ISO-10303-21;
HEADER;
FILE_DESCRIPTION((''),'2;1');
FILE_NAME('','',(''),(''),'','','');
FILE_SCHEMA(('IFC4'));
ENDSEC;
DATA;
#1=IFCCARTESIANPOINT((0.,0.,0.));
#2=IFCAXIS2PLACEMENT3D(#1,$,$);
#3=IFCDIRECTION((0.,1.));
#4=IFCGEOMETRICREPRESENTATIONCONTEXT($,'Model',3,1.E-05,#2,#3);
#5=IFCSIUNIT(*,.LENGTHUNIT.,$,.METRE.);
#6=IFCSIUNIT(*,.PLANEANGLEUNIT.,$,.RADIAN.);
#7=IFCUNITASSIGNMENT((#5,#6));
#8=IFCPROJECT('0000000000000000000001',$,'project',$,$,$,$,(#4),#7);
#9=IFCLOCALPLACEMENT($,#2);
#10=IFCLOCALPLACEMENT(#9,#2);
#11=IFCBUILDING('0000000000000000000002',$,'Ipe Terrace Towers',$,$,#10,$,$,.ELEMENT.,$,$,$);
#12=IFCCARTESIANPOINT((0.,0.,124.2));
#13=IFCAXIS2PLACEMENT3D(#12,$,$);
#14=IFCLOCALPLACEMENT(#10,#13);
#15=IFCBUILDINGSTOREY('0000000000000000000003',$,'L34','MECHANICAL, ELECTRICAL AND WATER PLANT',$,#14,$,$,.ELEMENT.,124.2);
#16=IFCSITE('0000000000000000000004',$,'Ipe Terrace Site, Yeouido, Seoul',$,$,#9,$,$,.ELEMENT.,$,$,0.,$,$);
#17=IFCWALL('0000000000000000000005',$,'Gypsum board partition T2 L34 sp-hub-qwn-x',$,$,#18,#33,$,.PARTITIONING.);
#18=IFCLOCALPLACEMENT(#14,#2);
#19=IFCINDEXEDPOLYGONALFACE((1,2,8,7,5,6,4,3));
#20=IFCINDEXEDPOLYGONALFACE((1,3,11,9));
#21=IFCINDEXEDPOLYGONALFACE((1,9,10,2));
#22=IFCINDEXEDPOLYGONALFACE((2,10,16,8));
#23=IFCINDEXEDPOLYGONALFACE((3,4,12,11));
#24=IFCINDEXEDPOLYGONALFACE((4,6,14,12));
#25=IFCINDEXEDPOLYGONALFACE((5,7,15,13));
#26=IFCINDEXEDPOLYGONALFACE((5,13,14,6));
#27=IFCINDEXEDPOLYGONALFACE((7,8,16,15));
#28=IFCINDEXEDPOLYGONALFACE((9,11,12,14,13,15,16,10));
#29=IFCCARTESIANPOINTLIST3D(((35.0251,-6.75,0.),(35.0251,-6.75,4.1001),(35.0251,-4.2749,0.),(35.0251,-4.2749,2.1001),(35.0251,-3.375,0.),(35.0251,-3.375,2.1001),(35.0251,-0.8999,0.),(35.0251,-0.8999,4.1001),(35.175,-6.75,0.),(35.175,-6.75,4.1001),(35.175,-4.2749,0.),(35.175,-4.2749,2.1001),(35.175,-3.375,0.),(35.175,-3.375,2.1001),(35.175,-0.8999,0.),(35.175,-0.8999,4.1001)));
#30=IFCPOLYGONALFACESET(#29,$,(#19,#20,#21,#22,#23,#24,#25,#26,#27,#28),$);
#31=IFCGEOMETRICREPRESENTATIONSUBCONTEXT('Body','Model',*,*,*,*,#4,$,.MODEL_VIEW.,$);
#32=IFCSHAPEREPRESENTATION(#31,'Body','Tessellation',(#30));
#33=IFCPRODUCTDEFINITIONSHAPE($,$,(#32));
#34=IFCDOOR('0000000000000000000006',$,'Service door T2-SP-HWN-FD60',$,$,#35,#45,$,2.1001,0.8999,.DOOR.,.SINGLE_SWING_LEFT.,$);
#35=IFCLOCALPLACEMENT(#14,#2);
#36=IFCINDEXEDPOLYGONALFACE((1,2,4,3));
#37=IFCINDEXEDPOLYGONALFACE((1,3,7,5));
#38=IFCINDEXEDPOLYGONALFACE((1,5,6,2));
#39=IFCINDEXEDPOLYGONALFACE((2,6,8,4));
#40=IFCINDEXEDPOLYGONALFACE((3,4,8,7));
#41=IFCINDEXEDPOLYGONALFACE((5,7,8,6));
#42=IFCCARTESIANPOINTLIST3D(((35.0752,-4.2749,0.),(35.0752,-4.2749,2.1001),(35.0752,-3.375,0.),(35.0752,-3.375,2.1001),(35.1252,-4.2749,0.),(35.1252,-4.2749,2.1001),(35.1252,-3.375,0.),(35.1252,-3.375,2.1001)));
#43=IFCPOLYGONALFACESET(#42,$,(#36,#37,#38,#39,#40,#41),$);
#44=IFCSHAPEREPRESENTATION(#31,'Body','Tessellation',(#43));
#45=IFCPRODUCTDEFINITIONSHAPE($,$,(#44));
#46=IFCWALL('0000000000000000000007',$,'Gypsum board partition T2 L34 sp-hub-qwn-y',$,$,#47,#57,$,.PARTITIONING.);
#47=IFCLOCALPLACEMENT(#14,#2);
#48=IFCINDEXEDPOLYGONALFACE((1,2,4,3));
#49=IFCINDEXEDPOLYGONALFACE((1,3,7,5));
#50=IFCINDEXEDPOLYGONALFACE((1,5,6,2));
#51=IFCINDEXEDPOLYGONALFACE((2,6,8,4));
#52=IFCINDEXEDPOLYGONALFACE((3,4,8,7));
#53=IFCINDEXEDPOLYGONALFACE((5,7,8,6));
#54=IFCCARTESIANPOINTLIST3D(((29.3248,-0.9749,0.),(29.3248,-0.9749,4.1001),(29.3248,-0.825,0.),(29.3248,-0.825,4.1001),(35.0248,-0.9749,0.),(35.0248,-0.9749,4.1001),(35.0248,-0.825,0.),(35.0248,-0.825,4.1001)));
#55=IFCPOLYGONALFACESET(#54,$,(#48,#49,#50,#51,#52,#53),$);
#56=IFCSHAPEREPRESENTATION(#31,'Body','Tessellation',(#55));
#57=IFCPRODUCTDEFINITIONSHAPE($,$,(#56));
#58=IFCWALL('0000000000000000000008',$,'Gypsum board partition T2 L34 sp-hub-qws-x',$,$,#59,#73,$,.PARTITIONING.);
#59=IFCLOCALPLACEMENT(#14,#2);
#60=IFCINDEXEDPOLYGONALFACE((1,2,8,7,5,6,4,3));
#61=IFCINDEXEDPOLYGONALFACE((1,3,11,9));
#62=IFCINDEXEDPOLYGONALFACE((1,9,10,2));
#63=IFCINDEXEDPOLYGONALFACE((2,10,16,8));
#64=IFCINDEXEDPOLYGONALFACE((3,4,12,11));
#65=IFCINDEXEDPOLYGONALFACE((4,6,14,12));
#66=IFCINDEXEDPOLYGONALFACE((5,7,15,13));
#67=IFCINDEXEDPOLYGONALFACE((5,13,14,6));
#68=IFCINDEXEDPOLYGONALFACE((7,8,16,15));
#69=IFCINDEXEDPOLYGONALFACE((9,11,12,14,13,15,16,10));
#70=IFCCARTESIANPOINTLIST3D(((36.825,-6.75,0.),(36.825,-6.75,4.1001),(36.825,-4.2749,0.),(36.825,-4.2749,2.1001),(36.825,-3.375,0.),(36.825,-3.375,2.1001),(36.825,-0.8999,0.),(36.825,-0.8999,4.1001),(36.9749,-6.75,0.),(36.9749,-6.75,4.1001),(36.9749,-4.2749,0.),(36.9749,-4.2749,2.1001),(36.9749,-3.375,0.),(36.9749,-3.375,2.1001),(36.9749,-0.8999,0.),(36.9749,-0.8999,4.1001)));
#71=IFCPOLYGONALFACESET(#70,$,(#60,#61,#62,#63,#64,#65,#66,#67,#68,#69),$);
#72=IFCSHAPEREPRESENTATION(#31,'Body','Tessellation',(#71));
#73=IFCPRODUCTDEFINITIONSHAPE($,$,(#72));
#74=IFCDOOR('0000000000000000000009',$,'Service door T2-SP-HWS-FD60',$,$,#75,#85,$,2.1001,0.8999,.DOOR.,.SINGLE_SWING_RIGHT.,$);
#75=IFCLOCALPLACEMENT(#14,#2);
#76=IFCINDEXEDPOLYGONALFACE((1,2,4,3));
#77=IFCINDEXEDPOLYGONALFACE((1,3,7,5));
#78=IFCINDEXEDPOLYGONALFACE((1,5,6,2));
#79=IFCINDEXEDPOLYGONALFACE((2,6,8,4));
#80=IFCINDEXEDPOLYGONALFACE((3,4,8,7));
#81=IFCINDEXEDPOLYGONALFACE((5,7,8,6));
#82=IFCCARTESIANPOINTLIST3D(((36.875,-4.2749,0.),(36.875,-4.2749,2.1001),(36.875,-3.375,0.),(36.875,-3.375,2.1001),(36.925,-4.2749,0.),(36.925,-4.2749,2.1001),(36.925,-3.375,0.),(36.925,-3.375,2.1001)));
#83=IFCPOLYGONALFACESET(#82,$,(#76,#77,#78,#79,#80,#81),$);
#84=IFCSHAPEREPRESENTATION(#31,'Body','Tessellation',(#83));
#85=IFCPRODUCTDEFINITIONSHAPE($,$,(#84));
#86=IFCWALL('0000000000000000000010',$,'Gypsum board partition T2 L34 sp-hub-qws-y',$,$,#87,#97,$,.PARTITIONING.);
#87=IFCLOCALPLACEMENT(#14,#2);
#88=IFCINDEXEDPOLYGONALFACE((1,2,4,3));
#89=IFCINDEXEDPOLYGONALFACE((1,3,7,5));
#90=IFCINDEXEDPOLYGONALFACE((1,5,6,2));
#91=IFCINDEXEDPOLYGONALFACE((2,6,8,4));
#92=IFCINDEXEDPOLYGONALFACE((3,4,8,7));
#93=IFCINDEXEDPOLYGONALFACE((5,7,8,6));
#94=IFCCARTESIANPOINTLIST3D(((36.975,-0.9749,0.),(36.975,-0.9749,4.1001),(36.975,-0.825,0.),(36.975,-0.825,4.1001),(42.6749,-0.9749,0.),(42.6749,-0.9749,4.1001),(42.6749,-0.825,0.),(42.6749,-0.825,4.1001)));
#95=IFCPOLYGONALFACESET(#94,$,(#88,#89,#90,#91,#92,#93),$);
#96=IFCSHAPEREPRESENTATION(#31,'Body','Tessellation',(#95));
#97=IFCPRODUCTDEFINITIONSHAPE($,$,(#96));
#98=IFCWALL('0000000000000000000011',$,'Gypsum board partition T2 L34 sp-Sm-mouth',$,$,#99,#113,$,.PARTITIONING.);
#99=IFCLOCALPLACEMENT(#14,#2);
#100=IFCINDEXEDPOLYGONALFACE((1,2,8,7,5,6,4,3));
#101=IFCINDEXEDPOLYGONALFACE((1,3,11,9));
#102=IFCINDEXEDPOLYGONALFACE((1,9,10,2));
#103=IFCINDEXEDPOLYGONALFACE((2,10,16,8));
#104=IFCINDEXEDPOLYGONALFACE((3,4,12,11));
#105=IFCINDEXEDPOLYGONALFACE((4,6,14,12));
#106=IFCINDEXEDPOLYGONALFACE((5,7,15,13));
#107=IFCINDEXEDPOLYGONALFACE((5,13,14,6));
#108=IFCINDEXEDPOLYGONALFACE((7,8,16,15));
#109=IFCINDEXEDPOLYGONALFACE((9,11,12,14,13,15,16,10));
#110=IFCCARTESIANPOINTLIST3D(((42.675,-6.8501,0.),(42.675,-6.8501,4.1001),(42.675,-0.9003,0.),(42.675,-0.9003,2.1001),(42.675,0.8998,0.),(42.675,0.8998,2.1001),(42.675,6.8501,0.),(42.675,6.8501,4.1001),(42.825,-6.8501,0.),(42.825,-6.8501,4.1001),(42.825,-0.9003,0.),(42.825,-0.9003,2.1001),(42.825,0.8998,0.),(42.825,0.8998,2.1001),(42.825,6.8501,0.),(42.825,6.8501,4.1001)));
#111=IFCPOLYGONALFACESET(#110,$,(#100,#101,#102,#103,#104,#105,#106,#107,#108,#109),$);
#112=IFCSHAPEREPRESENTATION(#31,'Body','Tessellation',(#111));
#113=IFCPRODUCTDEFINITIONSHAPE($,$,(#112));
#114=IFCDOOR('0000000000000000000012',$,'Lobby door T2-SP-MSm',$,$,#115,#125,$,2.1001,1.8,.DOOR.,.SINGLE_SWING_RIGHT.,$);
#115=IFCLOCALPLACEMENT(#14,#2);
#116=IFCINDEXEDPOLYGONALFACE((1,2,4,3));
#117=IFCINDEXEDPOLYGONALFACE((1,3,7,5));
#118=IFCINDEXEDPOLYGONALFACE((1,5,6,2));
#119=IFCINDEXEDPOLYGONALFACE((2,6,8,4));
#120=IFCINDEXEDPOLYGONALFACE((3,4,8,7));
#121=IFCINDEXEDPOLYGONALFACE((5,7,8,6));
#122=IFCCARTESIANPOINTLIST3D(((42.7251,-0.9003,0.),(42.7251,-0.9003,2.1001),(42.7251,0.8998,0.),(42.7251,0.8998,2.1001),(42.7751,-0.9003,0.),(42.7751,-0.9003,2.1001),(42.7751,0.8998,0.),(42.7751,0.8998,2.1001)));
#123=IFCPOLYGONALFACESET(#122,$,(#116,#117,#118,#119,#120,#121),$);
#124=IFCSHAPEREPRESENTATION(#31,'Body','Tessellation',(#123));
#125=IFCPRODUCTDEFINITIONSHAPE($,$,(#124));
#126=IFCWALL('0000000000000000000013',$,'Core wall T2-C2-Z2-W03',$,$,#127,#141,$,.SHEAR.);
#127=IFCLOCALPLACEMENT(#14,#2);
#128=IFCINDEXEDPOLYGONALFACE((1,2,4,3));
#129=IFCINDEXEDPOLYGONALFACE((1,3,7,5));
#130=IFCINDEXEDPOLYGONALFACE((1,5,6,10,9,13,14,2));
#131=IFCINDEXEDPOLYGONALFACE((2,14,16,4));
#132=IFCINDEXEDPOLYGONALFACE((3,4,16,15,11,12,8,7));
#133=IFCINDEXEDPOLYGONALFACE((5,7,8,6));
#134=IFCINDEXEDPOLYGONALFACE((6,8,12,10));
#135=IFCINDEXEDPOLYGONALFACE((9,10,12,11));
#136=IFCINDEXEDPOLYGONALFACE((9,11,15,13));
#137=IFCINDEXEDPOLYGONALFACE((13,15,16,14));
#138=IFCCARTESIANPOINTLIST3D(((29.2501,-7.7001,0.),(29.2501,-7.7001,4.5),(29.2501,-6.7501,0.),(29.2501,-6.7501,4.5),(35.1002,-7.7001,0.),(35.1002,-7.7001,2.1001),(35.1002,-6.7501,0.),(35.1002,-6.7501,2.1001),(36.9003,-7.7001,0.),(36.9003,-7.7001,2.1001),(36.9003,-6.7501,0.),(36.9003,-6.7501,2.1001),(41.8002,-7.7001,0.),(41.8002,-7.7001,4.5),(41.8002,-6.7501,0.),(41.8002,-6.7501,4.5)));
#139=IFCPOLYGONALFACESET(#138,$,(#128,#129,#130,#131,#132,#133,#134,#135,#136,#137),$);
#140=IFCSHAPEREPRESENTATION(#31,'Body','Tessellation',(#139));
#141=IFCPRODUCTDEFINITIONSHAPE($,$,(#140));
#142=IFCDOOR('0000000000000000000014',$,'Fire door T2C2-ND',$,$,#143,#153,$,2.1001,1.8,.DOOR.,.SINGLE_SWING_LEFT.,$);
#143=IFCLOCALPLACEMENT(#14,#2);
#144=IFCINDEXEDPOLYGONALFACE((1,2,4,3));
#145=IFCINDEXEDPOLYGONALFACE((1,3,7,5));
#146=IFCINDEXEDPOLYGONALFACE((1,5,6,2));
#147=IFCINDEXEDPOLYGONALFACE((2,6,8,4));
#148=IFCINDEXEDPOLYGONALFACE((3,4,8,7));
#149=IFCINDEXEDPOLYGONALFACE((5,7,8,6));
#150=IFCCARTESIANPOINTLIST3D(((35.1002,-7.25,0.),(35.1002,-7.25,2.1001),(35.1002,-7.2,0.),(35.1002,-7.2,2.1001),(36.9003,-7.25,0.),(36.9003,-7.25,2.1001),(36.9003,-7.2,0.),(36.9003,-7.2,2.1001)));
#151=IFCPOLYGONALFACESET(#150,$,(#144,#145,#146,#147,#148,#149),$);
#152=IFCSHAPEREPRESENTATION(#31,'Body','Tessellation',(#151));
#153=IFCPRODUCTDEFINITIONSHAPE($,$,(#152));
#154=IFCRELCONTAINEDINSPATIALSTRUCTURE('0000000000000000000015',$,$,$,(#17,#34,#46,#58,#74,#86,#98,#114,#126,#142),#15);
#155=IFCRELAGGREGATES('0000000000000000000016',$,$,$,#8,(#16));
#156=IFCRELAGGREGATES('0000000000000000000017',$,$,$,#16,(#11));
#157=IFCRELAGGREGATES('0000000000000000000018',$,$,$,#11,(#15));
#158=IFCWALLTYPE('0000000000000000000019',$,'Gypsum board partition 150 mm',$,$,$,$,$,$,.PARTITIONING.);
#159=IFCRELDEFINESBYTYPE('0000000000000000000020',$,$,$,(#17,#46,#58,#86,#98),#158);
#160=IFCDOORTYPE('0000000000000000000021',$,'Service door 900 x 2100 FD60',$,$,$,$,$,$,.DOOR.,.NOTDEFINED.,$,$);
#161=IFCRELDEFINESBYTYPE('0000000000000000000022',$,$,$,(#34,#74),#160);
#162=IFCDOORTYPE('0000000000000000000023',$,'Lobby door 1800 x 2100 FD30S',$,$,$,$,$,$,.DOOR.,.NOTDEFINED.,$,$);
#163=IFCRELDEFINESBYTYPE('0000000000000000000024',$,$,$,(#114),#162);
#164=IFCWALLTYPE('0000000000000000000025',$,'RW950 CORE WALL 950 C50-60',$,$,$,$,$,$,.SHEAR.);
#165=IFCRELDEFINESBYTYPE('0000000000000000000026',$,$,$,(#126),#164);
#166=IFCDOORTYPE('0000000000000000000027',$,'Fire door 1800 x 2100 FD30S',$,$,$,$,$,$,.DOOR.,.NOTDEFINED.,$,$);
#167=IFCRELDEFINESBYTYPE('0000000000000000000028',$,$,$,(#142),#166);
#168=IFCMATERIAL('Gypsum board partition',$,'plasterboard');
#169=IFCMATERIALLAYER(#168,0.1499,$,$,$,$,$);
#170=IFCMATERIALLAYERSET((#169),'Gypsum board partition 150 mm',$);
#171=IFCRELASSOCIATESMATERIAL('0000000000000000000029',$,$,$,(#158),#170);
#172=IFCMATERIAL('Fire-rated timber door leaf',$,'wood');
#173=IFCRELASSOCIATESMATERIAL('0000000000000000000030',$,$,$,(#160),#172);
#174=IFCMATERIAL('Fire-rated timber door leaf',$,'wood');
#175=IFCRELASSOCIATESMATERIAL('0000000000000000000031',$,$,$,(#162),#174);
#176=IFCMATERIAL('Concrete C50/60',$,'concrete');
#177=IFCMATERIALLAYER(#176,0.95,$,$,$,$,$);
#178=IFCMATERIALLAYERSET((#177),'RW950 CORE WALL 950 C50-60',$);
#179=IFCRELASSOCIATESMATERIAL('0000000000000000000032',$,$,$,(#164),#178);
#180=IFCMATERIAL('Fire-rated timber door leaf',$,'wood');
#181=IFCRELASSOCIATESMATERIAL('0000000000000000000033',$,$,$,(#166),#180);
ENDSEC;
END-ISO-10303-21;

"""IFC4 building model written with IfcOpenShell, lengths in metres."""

from ifc_helpers import new_model, si_unit, direction, frame, frame_2d, origin, place, context, subcontext, project, spatial, rectangle, extrude, material, layer, layer_set, type_object, element, fill, save


model = new_model("IFC4")

# Units and contexts
model_context = context("Model", 3, precision=1e-05, world=origin(), true_north=direction((0.0, 1.0)))
body_context = subcontext(model_context, "Body", "Model", "MODEL_VIEW")
ifc_project = project(units=[si_unit("LENGTHUNIT", "METRE"), si_unit("PLANEANGLEUNIT", "RADIAN")], contexts=[model_context])

# Site, building, storey
site_placement = place(None, origin())
site = spatial("IfcSite", under=ifc_project, at=site_placement, Name="Ipe Terrace Site, Yeouido, Seoul", CompositionType="ELEMENT", RefElevation=0.0)
building_placement = place(site_placement, origin())
building = spatial("IfcBuilding", under=site, at=building_placement, Name="Ipe Terrace Towers", CompositionType="ELEMENT")
storey_placement = place(building_placement, frame((0.0, 0.0, 124.2)))
storey = spatial("IfcBuildingStorey", under=building, at=storey_placement, Name="L34", Description="MECHANICAL, ELECTRICAL AND WATER PLANT", CompositionType="ELEMENT", Elevation=124.2)

# Shared definitions
ifc_material_1 = material(Name="Gypsum board partition", Category="plasterboard")
ifc_layer_1 = layer(ifc_material_1, 0.1499)
ifc_layer_set_1 = layer_set([ifc_layer_1], Name="Gypsum board partition 150 mm")
wall_type_1 = type_object("IfcWallType", Name="Gypsum board partition 150 mm", PredefinedType="PARTITIONING", material=ifc_layer_set_1)
ifc_material_2 = material(Name="Fire-rated timber door leaf", Category="wood")
door_type_1 = type_object("IfcDoorType", Name="Service door 900 x 2100 FD60", OperationType="NOTDEFINED", PredefinedType="DOOR", material=ifc_material_2)

# Wall, opening, door
wall_1_placement = place(storey_placement, frame((35.1001, -6.75, 0.0), z_axis=(0.0, 0.0, 1.0), x_axis=(0.0, 1.0, 0.0)))
wall_1 = element("IfcWall", 1, at=wall_1_placement, inside=storey, type_object=wall_type_1, Name="Gypsum board partition T2 L34 sp-hub-qwn-x", PredefinedType="PARTITIONING", context=body_context, shape_type="SweptSolid", body=[
    extrude(rectangle(XDim=5.8501, YDim=0.1499, at=frame_2d((2.925, 0.0))), origin(), (0.0, 0.0, 1.0), 4.1001),
])
opening_1_placement = place(wall_1_placement, frame((2.4751, 0.0, 0.0)))
opening_1 = element("IfcOpeningElement", 2, at=opening_1_placement, cuts=wall_1, PredefinedType="OPENING", context=body_context, shape_type="SweptSolid", body=[
    extrude(rectangle(XDim=0.8999, YDim=2.1001, at=frame_2d((0.45, 1.05))), frame((0.0, 0.085, 0.0), z_axis=(0.0, -1.0, 0.0), x_axis=(1.0, 0.0, 0.0)), (0.0, 0.0, 1.0), 0.1699),
])
door_1_placement = place(opening_1_placement, origin())
door_1 = element("IfcDoor", 3, at=door_1_placement, inside=storey, type_object=door_type_1, Name="Service door T2-SP-HWN-FD60", OperationType="SINGLE_SWING_LEFT", OverallHeight=2.1001, OverallWidth=0.8999, PredefinedType="DOOR", context=body_context, shape_type="SweptSolid", body=[
    extrude(rectangle(XDim=0.8999, YDim=2.1001, at=frame_2d((0.45, 1.05))), frame((0.0, 0.0249, 0.0), z_axis=(0.0, -1.0, 0.0), x_axis=(1.0, 0.0, 0.0)), (0.0, 0.0, 1.0), 0.05),
])
fill(opening_1, door_1)

# Wall
wall_2_placement = place(storey_placement, frame((35.0249, -0.8999, 0.0), z_axis=(0.0, 0.0, 1.0), x_axis=(-1.0, 0.0, 0.0)))
element("IfcWall", 4, at=wall_2_placement, inside=storey, type_object=wall_type_1, Name="Gypsum board partition T2 L34 sp-hub-qwn-y", PredefinedType="PARTITIONING", context=body_context, shape_type="SweptSolid", body=[
    extrude(rectangle(XDim=5.7, YDim=0.1499, at=frame_2d((2.8501, 0.0))), origin(), (0.0, 0.0, 1.0), 4.1001),
])

# Wall, opening, door
wall_3_placement = place(storey_placement, frame((36.8999, -6.75, 0.0), z_axis=(0.0, 0.0, 1.0), x_axis=(0.0, 1.0, 0.0)))
wall_3 = element("IfcWall", 5, at=wall_3_placement, inside=storey, type_object=wall_type_1, Name="Gypsum board partition T2 L34 sp-hub-qws-x", PredefinedType="PARTITIONING", context=body_context, shape_type="SweptSolid", body=[
    extrude(rectangle(XDim=5.8501, YDim=0.1499, at=frame_2d((2.925, 0.0))), origin(), (0.0, 0.0, 1.0), 4.1001),
])
opening_2_placement = place(wall_3_placement, frame((2.4751, 0.0, 0.0)))
opening_2 = element("IfcOpeningElement", 6, at=opening_2_placement, cuts=wall_3, PredefinedType="OPENING", context=body_context, shape_type="SweptSolid", body=[
    extrude(rectangle(XDim=0.8999, YDim=2.1001, at=frame_2d((0.45, 1.05))), frame((0.0, 0.085, 0.0), z_axis=(0.0, -1.0, 0.0), x_axis=(1.0, 0.0, 0.0)), (0.0, 0.0, 1.0), 0.1699),
])
door_2_placement = place(opening_2_placement, origin())
door_2 = element("IfcDoor", 7, at=door_2_placement, inside=storey, type_object=door_type_1, Name="Service door T2-SP-HWS-FD60", OperationType="SINGLE_SWING_RIGHT", OverallHeight=2.1001, OverallWidth=0.8999, PredefinedType="DOOR", context=body_context, shape_type="SweptSolid", body=[
    extrude(rectangle(XDim=0.8999, YDim=2.1001, at=frame_2d((0.45, 1.05))), frame((0.0, 0.0249, 0.0), z_axis=(0.0, -1.0, 0.0), x_axis=(1.0, 0.0, 0.0)), (0.0, 0.0, 1.0), 0.05),
])
fill(opening_2, door_2)

# Wall
wall_4_placement = place(storey_placement, frame((42.675, -0.8999, 0.0), z_axis=(0.0, 0.0, 1.0), x_axis=(-1.0, 0.0, 0.0)))
element("IfcWall", 8, at=wall_4_placement, inside=storey, type_object=wall_type_1, Name="Gypsum board partition T2 L34 sp-hub-qws-y", PredefinedType="PARTITIONING", context=body_context, shape_type="SweptSolid", body=[
    extrude(rectangle(XDim=5.7, YDim=0.1499, at=frame_2d((2.8501, 0.0))), origin(), (0.0, 0.0, 1.0), 4.1001),
])

# Walls, openings, doors
wall_5_placement = place(storey_placement, frame((42.75, -6.8501, 0.0), z_axis=(0.0, 0.0, 1.0), x_axis=(0.0, 1.0, 0.0)))
wall_5 = element("IfcWall", 9, at=wall_5_placement, inside=storey, type_object=wall_type_1, Name="Gypsum board partition T2 L34 sp-Sm-mouth", PredefinedType="PARTITIONING", context=body_context, shape_type="SweptSolid", body=[
    extrude(rectangle(XDim=13.7002, YDim=0.1499, at=frame_2d((6.8501, 0.0))), origin(), (0.0, 0.0, 1.0), 4.1001),
])
opening_3_placement = place(wall_5_placement, frame((5.95, 0.0, 0.0)))
opening_3 = element("IfcOpeningElement", 10, at=opening_3_placement, cuts=wall_5, PredefinedType="OPENING", context=body_context, shape_type="SweptSolid", body=[
    extrude(rectangle(XDim=1.8, YDim=2.1001, at=frame_2d((0.8999, 1.05))), frame((0.0, 0.085, 0.0), z_axis=(0.0, -1.0, 0.0), x_axis=(1.0, 0.0, 0.0)), (0.0, 0.0, 1.0), 0.1699),
])
ifc_material_3 = material(Name="Fire-rated timber door leaf", Category="wood")
door_type_2 = type_object("IfcDoorType", Name="Lobby door 1800 x 2100 FD30S", OperationType="NOTDEFINED", PredefinedType="DOOR", material=ifc_material_3)
door_3_placement = place(opening_3_placement, origin())
door_3 = element("IfcDoor", 11, at=door_3_placement, inside=storey, type_object=door_type_2, Name="Lobby door T2-SP-MSm", OperationType="SINGLE_SWING_RIGHT", OverallHeight=2.1001, OverallWidth=1.8, PredefinedType="DOOR", context=body_context, shape_type="SweptSolid", body=[
    extrude(rectangle(XDim=1.8, YDim=2.1001, at=frame_2d((0.8999, 1.05))), frame((0.0, 0.0249, 0.0), z_axis=(0.0, -1.0, 0.0), x_axis=(1.0, 0.0, 0.0)), (0.0, 0.0, 1.0), 0.05),
])
fill(opening_3, door_3)
ifc_material_4 = material(Name="Concrete C50/60", Category="concrete")
ifc_layer_2 = layer(ifc_material_4, 0.95)
ifc_layer_set_2 = layer_set([ifc_layer_2], Name="RW950 CORE WALL 950 C50-60")
wall_type_2 = type_object("IfcWallType", Name="RW950 CORE WALL 950 C50-60", PredefinedType="SHEAR", material=ifc_layer_set_2)
wall_6_placement = place(storey_placement, frame((41.8, -7.2251, 0.0), z_axis=(0.0, 0.0, 1.0), x_axis=(-1.0, 0.0, 0.0)))
wall_6 = element("IfcWall", 12, at=wall_6_placement, inside=storey, type_object=wall_type_2, Name="Core wall T2-C2-Z2-W03", PredefinedType="SHEAR", context=body_context, shape_type="SweptSolid", body=[
    extrude(rectangle(XDim=12.55, YDim=0.95, at=frame_2d((6.2749, 0.0))), origin(), (0.0, 0.0, 1.0), 4.5),
])
opening_4_placement = place(wall_6_placement, frame((4.8999, 0.0, 0.0)))
opening_4 = element("IfcOpeningElement", 13, at=opening_4_placement, cuts=wall_6, PredefinedType="OPENING", context=body_context, shape_type="SweptSolid", body=[
    extrude(rectangle(XDim=1.8, YDim=2.1001, at=frame_2d((0.8999, 1.05))), frame((0.0, 0.4849, 0.0), z_axis=(0.0, -1.0, 0.0), x_axis=(1.0, 0.0, 0.0)), (0.0, 0.0, 1.0), 0.97),
])
ifc_material_5 = material(Name="Fire-rated timber door leaf", Category="wood")
door_type_3 = type_object("IfcDoorType", Name="Fire door 1800 x 2100 FD30S", OperationType="NOTDEFINED", PredefinedType="DOOR", material=ifc_material_5)
door_4_placement = place(opening_4_placement, origin())
door_4 = element("IfcDoor", 14, at=door_4_placement, inside=storey, type_object=door_type_3, Name="Fire door T2C2-ND", OperationType="SINGLE_SWING_LEFT", OverallHeight=2.1001, OverallWidth=1.8, PredefinedType="DOOR", context=body_context, shape_type="SweptSolid", body=[
    extrude(rectangle(XDim=1.8, YDim=2.1001, at=frame_2d((0.8999, 1.05))), frame((0.0, 0.0249, 0.0), z_axis=(0.0, -1.0, 0.0), x_axis=(1.0, 0.0, 0.0)), (0.0, 0.0, 1.0), 0.05),
])
fill(opening_4, door_4)

save(model, "model.ifc")
